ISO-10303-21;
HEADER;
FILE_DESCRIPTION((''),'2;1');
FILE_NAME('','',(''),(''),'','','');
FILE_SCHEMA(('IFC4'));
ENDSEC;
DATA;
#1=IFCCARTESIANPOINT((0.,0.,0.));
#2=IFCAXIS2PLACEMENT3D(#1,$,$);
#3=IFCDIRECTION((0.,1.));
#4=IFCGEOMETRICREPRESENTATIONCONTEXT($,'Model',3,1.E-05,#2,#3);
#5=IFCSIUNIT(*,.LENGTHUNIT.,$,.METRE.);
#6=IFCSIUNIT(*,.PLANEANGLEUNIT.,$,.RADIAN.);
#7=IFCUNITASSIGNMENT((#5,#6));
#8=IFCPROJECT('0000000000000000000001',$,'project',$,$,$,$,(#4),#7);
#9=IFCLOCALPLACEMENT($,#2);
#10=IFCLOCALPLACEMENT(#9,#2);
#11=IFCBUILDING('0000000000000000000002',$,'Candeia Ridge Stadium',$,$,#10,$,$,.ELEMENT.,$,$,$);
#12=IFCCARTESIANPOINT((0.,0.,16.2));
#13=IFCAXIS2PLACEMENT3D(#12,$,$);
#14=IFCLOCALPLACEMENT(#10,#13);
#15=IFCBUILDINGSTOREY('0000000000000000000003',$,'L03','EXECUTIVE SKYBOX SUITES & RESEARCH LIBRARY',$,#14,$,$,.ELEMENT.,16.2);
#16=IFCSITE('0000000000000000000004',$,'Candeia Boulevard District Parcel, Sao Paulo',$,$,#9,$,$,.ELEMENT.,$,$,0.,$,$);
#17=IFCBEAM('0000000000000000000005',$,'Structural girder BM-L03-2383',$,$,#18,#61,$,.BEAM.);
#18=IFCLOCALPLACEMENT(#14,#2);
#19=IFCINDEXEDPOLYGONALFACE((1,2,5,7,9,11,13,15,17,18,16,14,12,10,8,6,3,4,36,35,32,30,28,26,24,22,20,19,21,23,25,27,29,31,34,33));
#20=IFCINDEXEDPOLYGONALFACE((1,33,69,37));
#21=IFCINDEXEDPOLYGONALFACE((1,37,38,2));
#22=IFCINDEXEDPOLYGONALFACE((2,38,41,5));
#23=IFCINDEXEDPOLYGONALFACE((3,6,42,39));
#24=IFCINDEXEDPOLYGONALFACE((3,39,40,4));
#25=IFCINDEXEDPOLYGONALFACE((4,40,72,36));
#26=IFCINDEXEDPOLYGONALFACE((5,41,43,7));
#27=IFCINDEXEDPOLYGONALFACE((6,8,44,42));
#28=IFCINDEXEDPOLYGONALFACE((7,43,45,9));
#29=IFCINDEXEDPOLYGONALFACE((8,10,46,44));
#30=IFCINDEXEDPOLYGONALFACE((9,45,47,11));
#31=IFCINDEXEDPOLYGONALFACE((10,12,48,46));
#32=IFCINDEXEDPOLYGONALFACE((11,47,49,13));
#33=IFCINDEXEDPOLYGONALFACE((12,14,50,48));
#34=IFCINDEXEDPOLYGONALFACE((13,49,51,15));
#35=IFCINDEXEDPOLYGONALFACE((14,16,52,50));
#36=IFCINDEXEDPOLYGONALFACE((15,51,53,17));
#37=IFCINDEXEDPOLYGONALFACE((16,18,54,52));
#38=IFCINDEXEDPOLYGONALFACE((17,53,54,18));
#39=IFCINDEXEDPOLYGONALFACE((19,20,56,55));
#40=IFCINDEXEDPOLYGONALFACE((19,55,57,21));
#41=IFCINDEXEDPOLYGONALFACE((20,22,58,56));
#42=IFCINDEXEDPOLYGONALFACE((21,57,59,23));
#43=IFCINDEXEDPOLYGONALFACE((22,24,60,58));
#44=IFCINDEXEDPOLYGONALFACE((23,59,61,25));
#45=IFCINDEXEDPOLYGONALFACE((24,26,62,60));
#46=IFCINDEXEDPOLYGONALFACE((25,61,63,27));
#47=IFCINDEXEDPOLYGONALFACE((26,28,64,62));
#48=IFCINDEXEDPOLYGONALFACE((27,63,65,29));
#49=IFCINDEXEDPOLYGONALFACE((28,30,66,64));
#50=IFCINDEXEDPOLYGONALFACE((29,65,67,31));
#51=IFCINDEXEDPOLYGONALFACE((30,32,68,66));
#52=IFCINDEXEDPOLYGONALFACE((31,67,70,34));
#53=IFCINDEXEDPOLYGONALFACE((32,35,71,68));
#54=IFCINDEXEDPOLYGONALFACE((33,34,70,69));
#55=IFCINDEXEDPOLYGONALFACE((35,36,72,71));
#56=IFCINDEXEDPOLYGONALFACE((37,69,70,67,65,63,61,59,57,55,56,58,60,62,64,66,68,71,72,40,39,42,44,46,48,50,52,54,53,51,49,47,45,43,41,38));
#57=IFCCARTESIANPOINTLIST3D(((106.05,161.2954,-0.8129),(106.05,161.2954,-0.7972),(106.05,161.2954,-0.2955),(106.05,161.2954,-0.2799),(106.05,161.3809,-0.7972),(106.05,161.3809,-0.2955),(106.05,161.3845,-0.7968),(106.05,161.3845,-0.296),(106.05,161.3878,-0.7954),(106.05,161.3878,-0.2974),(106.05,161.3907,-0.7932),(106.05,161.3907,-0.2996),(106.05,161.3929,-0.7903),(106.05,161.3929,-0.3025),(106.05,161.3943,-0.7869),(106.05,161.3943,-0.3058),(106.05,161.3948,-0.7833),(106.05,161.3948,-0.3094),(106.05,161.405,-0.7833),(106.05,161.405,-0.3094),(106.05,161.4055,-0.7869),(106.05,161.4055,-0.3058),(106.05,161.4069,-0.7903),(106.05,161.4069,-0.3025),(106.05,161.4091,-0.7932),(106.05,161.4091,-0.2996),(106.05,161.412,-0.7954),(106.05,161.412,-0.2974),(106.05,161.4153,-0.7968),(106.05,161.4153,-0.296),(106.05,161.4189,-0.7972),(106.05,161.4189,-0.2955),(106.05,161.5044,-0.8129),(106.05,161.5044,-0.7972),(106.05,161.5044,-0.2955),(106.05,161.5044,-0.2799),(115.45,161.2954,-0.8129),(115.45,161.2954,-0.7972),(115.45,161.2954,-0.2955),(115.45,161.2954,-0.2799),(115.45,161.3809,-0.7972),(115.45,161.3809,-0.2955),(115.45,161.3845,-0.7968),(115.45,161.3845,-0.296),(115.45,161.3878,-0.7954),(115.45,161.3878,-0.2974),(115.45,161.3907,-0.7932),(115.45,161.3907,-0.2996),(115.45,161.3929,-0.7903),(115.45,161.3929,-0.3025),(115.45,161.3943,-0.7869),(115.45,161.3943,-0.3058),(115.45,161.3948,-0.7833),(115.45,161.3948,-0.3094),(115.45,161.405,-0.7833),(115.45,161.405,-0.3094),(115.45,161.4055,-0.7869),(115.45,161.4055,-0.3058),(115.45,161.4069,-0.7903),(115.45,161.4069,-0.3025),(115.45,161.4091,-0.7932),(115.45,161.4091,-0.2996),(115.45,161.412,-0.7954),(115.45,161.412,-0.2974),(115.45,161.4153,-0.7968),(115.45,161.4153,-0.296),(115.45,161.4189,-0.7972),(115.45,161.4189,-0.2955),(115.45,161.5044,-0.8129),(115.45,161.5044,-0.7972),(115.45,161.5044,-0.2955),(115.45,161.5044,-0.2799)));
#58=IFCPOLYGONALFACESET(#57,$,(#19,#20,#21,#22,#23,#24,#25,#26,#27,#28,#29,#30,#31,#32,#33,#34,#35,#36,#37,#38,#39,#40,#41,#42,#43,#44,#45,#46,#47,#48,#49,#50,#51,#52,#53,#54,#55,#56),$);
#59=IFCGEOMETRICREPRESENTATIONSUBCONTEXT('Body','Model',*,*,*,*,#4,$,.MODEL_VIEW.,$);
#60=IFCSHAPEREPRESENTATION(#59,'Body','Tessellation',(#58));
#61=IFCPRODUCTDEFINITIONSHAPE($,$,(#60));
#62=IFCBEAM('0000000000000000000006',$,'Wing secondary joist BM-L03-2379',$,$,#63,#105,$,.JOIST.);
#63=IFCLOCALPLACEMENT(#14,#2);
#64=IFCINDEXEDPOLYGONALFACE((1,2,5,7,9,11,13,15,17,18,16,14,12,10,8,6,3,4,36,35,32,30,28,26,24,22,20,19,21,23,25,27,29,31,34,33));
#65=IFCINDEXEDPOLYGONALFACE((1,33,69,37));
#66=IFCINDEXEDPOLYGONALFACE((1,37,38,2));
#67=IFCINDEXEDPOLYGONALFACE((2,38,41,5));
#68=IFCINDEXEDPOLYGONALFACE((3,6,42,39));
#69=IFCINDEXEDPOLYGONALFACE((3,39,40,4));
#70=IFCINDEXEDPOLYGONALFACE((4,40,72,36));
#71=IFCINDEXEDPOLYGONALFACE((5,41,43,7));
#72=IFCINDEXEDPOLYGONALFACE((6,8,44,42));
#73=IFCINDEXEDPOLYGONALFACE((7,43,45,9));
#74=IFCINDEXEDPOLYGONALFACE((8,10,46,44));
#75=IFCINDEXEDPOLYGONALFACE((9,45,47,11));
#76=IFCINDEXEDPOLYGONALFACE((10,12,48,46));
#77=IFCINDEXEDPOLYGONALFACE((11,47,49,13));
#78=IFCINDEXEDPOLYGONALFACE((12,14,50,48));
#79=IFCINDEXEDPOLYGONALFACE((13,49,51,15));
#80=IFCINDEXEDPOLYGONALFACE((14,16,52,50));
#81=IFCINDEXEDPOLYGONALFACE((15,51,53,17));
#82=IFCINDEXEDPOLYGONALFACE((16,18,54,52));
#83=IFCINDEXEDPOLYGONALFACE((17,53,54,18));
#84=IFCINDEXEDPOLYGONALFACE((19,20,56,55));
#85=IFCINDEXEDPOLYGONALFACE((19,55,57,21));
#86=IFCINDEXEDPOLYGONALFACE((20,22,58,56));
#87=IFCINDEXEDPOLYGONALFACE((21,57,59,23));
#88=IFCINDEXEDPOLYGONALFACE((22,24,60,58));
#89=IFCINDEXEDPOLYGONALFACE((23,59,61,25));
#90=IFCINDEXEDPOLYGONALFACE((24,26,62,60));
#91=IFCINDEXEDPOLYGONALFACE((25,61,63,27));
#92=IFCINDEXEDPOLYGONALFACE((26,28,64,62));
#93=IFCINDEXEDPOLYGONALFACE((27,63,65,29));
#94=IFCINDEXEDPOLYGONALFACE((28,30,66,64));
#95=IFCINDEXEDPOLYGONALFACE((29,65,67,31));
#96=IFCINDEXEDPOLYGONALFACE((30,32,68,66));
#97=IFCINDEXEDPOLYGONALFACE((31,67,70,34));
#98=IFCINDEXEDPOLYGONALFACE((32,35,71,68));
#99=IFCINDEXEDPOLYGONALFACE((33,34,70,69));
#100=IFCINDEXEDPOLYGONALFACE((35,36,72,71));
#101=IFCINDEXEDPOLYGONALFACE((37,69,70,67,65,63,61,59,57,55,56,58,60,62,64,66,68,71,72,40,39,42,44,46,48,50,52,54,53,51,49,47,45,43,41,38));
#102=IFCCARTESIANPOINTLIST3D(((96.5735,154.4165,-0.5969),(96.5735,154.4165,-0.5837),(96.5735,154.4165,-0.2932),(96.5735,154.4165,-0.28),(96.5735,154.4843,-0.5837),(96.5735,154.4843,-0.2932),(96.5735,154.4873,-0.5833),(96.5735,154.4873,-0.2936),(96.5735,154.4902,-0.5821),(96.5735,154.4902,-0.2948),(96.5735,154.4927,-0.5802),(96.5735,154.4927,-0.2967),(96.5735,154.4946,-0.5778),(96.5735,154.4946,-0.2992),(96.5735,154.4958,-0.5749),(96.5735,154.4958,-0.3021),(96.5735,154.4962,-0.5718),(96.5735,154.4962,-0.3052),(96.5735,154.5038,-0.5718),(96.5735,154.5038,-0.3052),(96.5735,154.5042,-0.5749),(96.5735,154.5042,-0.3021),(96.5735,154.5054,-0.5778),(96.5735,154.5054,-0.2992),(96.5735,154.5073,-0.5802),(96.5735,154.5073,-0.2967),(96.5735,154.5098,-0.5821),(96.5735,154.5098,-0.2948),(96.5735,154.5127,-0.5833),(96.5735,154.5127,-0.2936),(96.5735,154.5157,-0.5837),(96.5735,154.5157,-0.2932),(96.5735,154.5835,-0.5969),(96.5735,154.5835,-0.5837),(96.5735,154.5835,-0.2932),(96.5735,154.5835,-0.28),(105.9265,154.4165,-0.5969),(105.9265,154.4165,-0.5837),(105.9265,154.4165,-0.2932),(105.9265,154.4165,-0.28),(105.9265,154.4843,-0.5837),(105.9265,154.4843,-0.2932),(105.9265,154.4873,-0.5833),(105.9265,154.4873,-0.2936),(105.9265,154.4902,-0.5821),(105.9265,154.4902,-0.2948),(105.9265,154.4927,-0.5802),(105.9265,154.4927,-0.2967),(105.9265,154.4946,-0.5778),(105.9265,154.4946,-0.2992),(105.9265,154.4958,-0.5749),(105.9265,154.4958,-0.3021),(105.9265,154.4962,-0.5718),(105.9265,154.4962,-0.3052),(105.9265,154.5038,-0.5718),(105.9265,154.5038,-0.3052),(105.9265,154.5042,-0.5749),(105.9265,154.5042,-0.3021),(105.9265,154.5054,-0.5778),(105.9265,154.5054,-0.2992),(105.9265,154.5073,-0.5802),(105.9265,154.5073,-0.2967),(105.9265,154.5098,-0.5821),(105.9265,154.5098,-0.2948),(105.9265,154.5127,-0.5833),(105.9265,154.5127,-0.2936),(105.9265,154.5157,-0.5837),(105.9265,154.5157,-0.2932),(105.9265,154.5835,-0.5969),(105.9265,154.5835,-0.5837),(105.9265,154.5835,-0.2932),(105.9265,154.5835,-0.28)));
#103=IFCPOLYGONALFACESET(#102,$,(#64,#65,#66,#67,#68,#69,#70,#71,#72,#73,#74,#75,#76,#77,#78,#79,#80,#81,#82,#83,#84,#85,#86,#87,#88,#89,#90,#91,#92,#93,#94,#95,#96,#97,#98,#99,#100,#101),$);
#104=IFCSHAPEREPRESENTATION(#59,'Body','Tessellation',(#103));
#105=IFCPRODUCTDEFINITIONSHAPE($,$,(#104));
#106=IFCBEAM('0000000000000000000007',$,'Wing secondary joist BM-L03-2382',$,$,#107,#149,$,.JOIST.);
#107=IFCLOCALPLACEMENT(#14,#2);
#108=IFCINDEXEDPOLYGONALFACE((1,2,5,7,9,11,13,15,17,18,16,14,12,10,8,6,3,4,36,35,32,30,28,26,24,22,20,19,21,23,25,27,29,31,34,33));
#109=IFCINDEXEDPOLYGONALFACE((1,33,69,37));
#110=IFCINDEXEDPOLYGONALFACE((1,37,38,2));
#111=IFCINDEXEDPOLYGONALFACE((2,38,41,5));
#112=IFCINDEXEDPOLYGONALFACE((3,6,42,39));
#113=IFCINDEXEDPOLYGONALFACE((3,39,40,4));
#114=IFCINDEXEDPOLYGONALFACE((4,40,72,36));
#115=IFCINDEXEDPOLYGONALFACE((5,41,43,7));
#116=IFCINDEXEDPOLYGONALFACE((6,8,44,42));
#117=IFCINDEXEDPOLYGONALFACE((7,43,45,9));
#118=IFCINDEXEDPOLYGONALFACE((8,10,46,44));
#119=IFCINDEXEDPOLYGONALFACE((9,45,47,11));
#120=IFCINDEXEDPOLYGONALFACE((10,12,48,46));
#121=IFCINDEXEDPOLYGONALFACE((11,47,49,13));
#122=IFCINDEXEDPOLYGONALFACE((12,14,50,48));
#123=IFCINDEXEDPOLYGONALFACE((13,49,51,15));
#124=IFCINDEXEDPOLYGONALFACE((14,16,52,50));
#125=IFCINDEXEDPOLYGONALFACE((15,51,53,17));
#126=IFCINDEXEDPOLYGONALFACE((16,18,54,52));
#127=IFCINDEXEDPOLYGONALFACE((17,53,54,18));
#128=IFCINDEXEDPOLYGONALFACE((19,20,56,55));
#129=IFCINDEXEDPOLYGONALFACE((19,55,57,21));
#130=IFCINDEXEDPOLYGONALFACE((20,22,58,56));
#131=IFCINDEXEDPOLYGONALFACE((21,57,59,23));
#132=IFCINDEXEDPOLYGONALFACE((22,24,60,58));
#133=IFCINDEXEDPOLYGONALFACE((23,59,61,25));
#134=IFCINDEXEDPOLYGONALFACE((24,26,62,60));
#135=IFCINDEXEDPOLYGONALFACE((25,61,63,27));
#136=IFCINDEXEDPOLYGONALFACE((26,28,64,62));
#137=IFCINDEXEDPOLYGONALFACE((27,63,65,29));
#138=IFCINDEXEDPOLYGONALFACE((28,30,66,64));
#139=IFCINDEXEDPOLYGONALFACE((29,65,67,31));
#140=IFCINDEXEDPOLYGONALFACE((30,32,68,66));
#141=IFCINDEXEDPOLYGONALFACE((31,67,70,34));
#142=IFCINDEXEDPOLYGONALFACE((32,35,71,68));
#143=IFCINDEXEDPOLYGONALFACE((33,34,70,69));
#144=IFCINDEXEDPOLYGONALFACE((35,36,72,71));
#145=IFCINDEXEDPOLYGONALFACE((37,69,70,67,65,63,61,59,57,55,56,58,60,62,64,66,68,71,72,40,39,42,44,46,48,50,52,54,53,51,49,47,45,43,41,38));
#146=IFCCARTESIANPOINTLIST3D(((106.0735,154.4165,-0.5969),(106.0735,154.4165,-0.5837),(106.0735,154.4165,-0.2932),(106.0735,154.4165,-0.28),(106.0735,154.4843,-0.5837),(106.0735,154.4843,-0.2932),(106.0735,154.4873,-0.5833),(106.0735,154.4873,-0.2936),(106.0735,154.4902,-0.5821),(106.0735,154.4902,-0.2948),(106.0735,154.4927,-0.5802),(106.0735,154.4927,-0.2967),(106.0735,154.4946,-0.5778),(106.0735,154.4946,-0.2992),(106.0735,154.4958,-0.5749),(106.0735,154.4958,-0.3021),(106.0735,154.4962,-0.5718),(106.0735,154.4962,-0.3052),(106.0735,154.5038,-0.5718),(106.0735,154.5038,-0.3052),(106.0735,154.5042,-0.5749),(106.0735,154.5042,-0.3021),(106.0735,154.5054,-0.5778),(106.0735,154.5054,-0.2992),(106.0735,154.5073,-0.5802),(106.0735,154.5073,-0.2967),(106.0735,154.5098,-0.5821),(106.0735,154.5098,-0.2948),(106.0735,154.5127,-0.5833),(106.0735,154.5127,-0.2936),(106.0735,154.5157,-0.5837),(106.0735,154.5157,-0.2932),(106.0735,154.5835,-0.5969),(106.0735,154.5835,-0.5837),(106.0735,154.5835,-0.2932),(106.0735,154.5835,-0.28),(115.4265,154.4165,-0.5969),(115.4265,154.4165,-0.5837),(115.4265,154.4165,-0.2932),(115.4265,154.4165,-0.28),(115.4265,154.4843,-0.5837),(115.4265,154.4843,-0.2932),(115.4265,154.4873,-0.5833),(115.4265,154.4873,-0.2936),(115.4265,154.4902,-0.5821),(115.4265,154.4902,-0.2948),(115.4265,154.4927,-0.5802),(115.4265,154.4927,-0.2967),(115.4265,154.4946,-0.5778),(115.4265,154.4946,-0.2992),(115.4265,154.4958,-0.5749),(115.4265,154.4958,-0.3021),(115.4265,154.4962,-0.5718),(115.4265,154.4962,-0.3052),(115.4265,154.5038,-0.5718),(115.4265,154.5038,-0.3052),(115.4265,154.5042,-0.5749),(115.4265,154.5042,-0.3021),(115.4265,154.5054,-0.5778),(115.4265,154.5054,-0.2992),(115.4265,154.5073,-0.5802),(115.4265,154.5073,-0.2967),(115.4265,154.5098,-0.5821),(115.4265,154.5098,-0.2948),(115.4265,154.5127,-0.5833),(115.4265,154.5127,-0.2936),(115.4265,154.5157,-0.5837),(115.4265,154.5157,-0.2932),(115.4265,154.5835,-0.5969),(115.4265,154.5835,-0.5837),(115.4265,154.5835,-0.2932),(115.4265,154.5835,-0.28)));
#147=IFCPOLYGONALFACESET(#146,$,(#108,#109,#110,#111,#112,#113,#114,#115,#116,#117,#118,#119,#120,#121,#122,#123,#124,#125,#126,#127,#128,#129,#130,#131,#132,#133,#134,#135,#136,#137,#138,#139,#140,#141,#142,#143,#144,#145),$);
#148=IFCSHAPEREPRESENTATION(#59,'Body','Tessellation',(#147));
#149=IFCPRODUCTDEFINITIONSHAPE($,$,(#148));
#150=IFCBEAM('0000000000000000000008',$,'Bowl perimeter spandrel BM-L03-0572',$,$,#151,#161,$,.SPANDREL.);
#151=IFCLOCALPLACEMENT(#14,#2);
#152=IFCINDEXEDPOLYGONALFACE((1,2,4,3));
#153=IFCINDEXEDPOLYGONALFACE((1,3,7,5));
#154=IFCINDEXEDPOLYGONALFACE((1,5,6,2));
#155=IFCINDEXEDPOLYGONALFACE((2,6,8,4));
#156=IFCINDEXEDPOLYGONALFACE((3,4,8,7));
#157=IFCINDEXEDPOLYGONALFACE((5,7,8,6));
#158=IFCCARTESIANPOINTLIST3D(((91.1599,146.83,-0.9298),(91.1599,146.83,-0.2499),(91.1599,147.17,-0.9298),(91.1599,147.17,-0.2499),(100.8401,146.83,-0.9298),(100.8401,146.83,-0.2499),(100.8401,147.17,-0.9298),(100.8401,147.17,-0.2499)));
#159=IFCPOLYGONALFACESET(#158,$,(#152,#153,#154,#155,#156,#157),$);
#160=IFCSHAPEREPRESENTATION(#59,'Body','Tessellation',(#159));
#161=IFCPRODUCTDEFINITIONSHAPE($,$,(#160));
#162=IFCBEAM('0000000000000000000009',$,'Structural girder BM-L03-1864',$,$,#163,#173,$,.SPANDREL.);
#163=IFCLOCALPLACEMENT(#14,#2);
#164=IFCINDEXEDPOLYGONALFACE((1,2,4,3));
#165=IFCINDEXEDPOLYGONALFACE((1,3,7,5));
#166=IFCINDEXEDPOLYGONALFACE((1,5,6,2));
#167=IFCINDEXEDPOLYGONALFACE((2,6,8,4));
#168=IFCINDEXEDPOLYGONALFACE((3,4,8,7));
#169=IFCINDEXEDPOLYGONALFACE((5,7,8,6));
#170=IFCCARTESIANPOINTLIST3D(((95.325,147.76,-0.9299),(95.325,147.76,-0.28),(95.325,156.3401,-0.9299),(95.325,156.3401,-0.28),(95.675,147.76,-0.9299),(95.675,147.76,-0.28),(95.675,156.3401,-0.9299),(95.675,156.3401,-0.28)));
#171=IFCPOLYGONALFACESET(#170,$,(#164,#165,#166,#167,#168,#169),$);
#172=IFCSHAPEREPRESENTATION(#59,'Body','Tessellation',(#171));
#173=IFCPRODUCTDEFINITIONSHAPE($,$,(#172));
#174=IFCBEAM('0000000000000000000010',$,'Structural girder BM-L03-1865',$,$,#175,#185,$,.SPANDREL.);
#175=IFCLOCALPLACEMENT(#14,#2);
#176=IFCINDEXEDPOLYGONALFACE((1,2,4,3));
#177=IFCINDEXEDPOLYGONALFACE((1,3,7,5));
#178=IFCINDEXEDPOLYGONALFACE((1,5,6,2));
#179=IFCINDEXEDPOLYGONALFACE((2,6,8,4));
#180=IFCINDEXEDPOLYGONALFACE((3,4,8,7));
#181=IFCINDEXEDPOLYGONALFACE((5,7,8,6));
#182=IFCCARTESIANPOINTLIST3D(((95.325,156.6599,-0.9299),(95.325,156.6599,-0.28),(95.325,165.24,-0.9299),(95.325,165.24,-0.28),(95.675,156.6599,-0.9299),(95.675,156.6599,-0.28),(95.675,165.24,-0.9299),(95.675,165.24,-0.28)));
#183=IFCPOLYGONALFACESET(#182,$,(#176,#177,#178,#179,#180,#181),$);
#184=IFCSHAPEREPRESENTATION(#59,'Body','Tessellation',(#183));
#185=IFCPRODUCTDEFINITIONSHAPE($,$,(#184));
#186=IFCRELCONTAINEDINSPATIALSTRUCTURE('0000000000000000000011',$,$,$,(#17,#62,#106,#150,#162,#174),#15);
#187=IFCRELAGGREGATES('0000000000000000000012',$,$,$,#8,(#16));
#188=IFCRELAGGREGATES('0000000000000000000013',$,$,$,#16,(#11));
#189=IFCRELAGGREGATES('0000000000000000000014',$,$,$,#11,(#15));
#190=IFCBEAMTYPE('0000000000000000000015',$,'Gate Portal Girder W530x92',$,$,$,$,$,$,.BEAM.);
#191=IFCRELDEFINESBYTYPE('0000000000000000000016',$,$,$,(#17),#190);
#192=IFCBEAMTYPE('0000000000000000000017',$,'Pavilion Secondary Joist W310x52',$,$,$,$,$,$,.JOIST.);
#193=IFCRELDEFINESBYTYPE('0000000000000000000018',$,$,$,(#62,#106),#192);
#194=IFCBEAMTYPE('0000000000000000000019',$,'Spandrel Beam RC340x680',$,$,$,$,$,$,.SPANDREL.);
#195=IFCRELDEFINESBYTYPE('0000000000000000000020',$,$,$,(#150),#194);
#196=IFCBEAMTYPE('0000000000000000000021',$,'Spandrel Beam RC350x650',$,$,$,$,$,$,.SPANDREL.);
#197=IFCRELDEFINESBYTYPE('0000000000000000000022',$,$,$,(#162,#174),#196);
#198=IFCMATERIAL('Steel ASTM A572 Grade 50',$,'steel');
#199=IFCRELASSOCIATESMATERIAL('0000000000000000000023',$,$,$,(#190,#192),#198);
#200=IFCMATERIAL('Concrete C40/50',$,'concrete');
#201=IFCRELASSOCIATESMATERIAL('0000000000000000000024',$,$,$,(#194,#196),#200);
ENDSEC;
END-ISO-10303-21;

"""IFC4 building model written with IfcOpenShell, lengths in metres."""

from ifc_helpers import new_model, si_unit, direction, frame, origin, origin_2d, place, context, subcontext, project, spatial, rectangle, i_section, extrude, material, material_profile, profile_set, type_object, element, save


model = new_model("IFC4")

# Units and contexts
model_context = context("Model", 3, precision=1e-05, world=origin(), true_north=direction((0.0, 1.0)))
body_context = subcontext(model_context, "Body", "Model", "MODEL_VIEW")
ifc_project = project(units=[si_unit("LENGTHUNIT", "METRE"), si_unit("PLANEANGLEUNIT", "RADIAN")], contexts=[model_context])

# Site, building, storey
site_placement = place(None, origin())
site = spatial("IfcSite", under=ifc_project, at=site_placement, Name="Candeia Boulevard District Parcel, Sao Paulo", CompositionType="ELEMENT", RefElevation=0.0)
building_placement = place(site_placement, origin())
building = spatial("IfcBuilding", under=site, at=building_placement, Name="Candeia Ridge Stadium", CompositionType="ELEMENT")
storey_placement = place(building_placement, frame((0.0, 0.0, 16.2)))
storey = spatial("IfcBuildingStorey", under=building, at=storey_placement, Name="L03", Description="EXECUTIVE SKYBOX SUITES & RESEARCH LIBRARY", CompositionType="ELEMENT", Elevation=16.2)

# Shared definitions
ifc_material_1 = material(Name="Concrete C40/50", Category="concrete")

# Shared definitions
ifc_material_2 = material(Name="Steel ASTM A572 Grade 50", Category="steel")

# Beams
ifc_material_profile_1 = material_profile(ifc_material_2, i_section(OverallWidth=0.209, OverallDepth=0.533, WebThickness=0.0103, FlangeThickness=0.0156, FilletRadius=0.0139, at=origin_2d()), Name="W530x92", Category="steel")
ifc_profile_set_1 = profile_set([ifc_material_profile_1], Name="Steel ASTM A572 Grade 50")
beam_type_1 = type_object("IfcBeamType", Name="Gate Portal Girder W530x92", PredefinedType="BEAM", material=ifc_profile_set_1)
for number, where, z_axis, x_axis, name in (
    (1, (106.05, 161.3999, -0.5464), (1.0, 0.0, 0.0), (0.0, 1.0, 0.0), "Structural girder BM-L03-2383"),
):
    element("IfcBeam", number, at=place(storey_placement, frame(where, z_axis=z_axis, x_axis=x_axis)), inside=storey, type_object=beam_type_1, Name=name, PredefinedType="BEAM", context=body_context, shape_type="SweptSolid", body=[
        extrude(i_section(OverallWidth=0.209, OverallDepth=0.533, WebThickness=0.0103, FlangeThickness=0.0156, FilletRadius=0.0139, at=origin_2d()), origin(), (0.0, 0.0, 1.0), 9.3999),
    ])
ifc_material_profile_2 = material_profile(ifc_material_2, i_section(OverallWidth=0.167, OverallDepth=0.3169, WebThickness=0.0076, FlangeThickness=0.0132, FilletRadius=0.012, at=origin_2d()), Name="W310x52", Category="steel")
ifc_profile_set_2 = profile_set([ifc_material_profile_2], Name="Steel ASTM A572 Grade 50")
beam_type_2 = type_object("IfcBeamType", Name="Pavilion Secondary Joist W310x52", PredefinedType="JOIST", material=ifc_profile_set_2)
for number, where, z_axis, x_axis, name in (
    (2, (96.5735, 154.5, -0.4385), (1.0, 0.0, 0.0), (0.0, 1.0, 0.0), "Wing secondary joist BM-L03-2379"),
    (3, (106.0735, 154.5, -0.4385), (1.0, 0.0, 0.0), (0.0, 1.0, 0.0), "Wing secondary joist BM-L03-2382"),
):
    element("IfcBeam", number, at=place(storey_placement, frame(where, z_axis=z_axis, x_axis=x_axis)), inside=storey, type_object=beam_type_2, Name=name, PredefinedType="JOIST", context=body_context, shape_type="SweptSolid", body=[
        extrude(i_section(OverallWidth=0.167, OverallDepth=0.3169, WebThickness=0.0076, FlangeThickness=0.0132, FilletRadius=0.012, at=origin_2d()), origin(), (0.0, 0.0, 1.0), 9.353),
    ])
ifc_material_profile_3 = material_profile(ifc_material_1, rectangle(XDim=0.3401, YDim=0.6799, at=origin_2d()), Name="RC340x680", Category="concrete")
ifc_profile_set_3 = profile_set([ifc_material_profile_3], Name="Concrete C40/50")
beam_type_3 = type_object("IfcBeamType", Name="Spandrel Beam RC340x680", PredefinedType="SPANDREL", material=ifc_profile_set_3)
beam_placement = place(storey_placement, frame((100.8401, 147.0, -0.5898), z_axis=(-1.0, 0.0, 0.0), x_axis=(0.0, -1.0, 0.0)))
element("IfcBeam", 4, at=beam_placement, inside=storey, type_object=beam_type_3, Name="Bowl perimeter spandrel BM-L03-0572", PredefinedType="SPANDREL", context=body_context, shape_type="SweptSolid", body=[
    extrude(rectangle(XDim=0.3401, YDim=0.6799, at=origin_2d()), origin(), (0.0, 0.0, 1.0), 9.6802),
])
ifc_material_profile_4 = material_profile(ifc_material_1, rectangle(XDim=0.3501, YDim=0.6499, at=origin_2d()), Name="RC350x650", Category="concrete")
ifc_profile_set_4 = profile_set([ifc_material_profile_4], Name="Concrete C40/50")
beam_type_4 = type_object("IfcBeamType", Name="Spandrel Beam RC350x650", PredefinedType="SPANDREL", material=ifc_profile_set_4)
for number, where, z_axis, x_axis, name in (
    (5, (95.5, 147.76, -0.605), (0.0, 1.0, 0.0), (-1.0, 0.0, 0.0), "Structural girder BM-L03-1864"),
    (6, (95.5, 156.6599, -0.605), (0.0, 1.0, 0.0), (-1.0, 0.0, 0.0), "Structural girder BM-L03-1865"),
):
    element("IfcBeam", number, at=place(storey_placement, frame(where, z_axis=z_axis, x_axis=x_axis)), inside=storey, type_object=beam_type_4, Name=name, PredefinedType="SPANDREL", context=body_context, shape_type="SweptSolid", body=[
        extrude(rectangle(XDim=0.3501, YDim=0.6499, at=origin_2d()), origin(), (0.0, 0.0, 1.0), 8.5801),
    ])

save(model, "model.ifc")
